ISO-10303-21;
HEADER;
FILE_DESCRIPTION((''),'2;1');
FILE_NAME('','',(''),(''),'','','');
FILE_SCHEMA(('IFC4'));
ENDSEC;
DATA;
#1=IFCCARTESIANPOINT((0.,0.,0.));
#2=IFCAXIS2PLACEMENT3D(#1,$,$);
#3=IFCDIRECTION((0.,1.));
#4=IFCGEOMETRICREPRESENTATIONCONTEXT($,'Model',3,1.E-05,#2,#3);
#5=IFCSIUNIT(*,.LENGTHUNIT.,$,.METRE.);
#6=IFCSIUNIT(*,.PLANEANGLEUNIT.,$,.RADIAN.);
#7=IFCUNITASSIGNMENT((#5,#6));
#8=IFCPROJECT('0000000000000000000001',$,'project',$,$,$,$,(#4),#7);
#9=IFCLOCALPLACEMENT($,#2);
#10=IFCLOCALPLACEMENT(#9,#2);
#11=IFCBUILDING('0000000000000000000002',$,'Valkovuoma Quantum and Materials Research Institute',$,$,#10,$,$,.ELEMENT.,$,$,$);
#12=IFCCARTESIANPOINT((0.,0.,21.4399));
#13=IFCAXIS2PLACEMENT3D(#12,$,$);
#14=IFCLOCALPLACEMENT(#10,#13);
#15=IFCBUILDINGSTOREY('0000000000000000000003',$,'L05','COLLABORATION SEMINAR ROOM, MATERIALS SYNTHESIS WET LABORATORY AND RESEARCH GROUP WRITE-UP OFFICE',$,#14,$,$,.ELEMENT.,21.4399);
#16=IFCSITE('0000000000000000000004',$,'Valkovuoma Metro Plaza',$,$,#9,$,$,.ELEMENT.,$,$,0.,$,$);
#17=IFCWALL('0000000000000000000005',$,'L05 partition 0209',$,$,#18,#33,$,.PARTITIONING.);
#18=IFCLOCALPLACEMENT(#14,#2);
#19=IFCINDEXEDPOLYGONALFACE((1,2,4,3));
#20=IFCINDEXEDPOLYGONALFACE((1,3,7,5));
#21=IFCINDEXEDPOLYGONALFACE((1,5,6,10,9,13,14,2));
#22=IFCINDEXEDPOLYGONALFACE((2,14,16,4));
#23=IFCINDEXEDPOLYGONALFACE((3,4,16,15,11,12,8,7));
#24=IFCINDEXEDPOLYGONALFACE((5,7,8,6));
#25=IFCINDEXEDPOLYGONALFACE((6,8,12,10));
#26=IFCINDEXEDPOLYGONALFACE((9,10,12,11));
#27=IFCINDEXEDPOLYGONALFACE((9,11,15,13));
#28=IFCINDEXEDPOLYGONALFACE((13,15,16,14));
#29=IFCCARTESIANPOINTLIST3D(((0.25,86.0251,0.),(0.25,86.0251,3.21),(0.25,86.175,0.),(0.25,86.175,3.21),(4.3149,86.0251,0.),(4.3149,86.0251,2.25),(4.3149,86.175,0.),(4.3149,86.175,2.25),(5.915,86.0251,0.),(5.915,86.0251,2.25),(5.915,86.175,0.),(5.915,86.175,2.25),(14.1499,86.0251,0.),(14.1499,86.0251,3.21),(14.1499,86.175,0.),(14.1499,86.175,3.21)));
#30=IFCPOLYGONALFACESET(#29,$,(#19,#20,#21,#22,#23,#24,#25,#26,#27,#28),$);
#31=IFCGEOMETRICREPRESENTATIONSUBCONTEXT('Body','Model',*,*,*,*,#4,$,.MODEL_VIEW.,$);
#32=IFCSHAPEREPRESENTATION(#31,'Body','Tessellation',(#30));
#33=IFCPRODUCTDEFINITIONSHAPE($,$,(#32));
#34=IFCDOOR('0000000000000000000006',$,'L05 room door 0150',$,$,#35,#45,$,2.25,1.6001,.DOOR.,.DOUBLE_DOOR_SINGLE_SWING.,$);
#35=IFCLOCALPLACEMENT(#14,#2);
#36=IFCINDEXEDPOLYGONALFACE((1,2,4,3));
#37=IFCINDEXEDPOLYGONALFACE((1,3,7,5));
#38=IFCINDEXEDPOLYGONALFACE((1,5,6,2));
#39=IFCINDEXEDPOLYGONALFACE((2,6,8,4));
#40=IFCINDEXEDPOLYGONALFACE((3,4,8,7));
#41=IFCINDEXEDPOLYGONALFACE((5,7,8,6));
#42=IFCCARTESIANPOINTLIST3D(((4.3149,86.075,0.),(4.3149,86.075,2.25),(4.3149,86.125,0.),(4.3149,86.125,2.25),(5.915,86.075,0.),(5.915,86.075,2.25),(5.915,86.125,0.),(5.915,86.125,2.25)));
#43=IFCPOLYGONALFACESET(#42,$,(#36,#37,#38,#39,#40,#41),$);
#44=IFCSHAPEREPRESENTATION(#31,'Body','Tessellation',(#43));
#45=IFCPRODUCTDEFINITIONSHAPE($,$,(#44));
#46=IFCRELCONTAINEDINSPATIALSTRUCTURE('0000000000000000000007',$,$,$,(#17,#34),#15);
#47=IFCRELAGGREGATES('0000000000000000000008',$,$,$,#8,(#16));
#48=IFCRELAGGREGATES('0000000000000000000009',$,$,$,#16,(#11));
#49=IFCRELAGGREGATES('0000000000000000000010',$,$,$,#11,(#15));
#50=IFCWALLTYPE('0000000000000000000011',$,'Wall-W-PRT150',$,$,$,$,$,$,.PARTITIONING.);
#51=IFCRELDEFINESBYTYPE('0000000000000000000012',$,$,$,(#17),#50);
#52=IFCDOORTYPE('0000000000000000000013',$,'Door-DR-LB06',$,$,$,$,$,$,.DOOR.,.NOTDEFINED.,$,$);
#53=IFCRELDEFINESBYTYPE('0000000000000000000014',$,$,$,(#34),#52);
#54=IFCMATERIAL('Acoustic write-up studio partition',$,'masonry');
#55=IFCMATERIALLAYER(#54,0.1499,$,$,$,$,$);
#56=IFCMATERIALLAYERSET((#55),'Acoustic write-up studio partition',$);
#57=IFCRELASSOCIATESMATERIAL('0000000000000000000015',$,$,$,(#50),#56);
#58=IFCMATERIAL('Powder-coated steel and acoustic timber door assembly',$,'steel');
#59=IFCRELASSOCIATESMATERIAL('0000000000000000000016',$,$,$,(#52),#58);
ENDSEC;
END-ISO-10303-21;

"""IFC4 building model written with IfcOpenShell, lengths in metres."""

from ifc_helpers import new_model, si_unit, direction, frame, frame_2d, origin, place, context, subcontext, project, spatial, rectangle, extrude, material, layer, layer_set, type_object, element, fill, save


model = new_model("IFC4")

# Units and contexts
model_context = context("Model", 3, precision=1e-05, world=origin(), true_north=direction((0.0, 1.0)))
body_context = subcontext(model_context, "Body", "Model", "MODEL_VIEW")
ifc_project = project(units=[si_unit("LENGTHUNIT", "METRE"), si_unit("PLANEANGLEUNIT", "RADIAN")], contexts=[model_context])

# Site, building, storey
site_placement = place(None, origin())
site = spatial("IfcSite", under=ifc_project, at=site_placement, Name="Valkovuoma Metro Plaza", CompositionType="ELEMENT", RefElevation=0.0)
building_placement = place(site_placement, origin())
building = spatial("IfcBuilding", under=site, at=building_placement, Name="Valkovuoma Quantum and Materials Research Institute", CompositionType="ELEMENT")
storey_placement = place(building_placement, frame((0.0, 0.0, 21.4399)))
storey = spatial("IfcBuildingStorey", under=building, at=storey_placement, Name="L05", Description="COLLABORATION SEMINAR ROOM, MATERIALS SYNTHESIS WET LABORATORY AND RESEARCH GROUP WRITE-UP OFFICE", CompositionType="ELEMENT", Elevation=21.4399)

# Wall, opening, door
ifc_material_1 = material(Name="Acoustic write-up studio partition", Category="masonry")
ifc_layer_1 = layer(ifc_material_1, 0.1499)
ifc_layer_set_1 = layer_set([ifc_layer_1], Name="Acoustic write-up studio partition")
wall_type_1 = type_object("IfcWallType", Name="Wall-W-PRT150", PredefinedType="PARTITIONING", material=ifc_layer_set_1)
wall_1_placement = place(storey_placement, frame((0.25, 86.1001, 0.0), z_axis=(0.0, 0.0, 1.0), x_axis=(1.0, 0.0, 0.0)))
wall_1 = element("IfcWall", 1, at=wall_1_placement, inside=storey, type_object=wall_type_1, Name="L05 partition 0209", PredefinedType="PARTITIONING", context=body_context, shape_type="SweptSolid", body=[
    extrude(rectangle(XDim=13.8999, YDim=0.1499, at=frame_2d((6.95, 0.0))), origin(), (0.0, 0.0, 1.0), 3.21),
])
opening_placement = place(wall_1_placement, frame((4.0649, 0.0, 0.0)))
opening = element("IfcOpeningElement", 2, at=opening_placement, cuts=wall_1, PredefinedType="OPENING", context=body_context, shape_type="SweptSolid", body=[
    extrude(rectangle(XDim=1.6001, YDim=2.25, at=frame_2d((0.8, 1.125))), frame((0.0, 0.085, 0.0), z_axis=(0.0, -1.0, 0.0), x_axis=(1.0, 0.0, 0.0)), (0.0, 0.0, 1.0), 0.1699),
])
ifc_material_2 = material(Name="Powder-coated steel and acoustic timber door assembly", Category="steel")
door_type = type_object("IfcDoorType", Name="Door-DR-LB06", OperationType="NOTDEFINED", PredefinedType="DOOR", material=ifc_material_2)
door_placement = place(opening_placement, origin())
door = element("IfcDoor", 3, at=door_placement, inside=storey, type_object=door_type, Name="L05 room door 0150", OperationType="DOUBLE_DOOR_SINGLE_SWING", OverallHeight=2.25, OverallWidth=1.6001, PredefinedType="DOOR", context=body_context, shape_type="SweptSolid", body=[
    extrude(rectangle(XDim=1.6001, YDim=2.25, at=frame_2d((0.8, 1.125))), frame((0.0, 0.0249, 0.0), z_axis=(0.0, -1.0, 0.0), x_axis=(1.0, 0.0, 0.0)), (0.0, 0.0, 1.0), 0.05),
])
fill(opening, door)

save(model, "model.ifc")
